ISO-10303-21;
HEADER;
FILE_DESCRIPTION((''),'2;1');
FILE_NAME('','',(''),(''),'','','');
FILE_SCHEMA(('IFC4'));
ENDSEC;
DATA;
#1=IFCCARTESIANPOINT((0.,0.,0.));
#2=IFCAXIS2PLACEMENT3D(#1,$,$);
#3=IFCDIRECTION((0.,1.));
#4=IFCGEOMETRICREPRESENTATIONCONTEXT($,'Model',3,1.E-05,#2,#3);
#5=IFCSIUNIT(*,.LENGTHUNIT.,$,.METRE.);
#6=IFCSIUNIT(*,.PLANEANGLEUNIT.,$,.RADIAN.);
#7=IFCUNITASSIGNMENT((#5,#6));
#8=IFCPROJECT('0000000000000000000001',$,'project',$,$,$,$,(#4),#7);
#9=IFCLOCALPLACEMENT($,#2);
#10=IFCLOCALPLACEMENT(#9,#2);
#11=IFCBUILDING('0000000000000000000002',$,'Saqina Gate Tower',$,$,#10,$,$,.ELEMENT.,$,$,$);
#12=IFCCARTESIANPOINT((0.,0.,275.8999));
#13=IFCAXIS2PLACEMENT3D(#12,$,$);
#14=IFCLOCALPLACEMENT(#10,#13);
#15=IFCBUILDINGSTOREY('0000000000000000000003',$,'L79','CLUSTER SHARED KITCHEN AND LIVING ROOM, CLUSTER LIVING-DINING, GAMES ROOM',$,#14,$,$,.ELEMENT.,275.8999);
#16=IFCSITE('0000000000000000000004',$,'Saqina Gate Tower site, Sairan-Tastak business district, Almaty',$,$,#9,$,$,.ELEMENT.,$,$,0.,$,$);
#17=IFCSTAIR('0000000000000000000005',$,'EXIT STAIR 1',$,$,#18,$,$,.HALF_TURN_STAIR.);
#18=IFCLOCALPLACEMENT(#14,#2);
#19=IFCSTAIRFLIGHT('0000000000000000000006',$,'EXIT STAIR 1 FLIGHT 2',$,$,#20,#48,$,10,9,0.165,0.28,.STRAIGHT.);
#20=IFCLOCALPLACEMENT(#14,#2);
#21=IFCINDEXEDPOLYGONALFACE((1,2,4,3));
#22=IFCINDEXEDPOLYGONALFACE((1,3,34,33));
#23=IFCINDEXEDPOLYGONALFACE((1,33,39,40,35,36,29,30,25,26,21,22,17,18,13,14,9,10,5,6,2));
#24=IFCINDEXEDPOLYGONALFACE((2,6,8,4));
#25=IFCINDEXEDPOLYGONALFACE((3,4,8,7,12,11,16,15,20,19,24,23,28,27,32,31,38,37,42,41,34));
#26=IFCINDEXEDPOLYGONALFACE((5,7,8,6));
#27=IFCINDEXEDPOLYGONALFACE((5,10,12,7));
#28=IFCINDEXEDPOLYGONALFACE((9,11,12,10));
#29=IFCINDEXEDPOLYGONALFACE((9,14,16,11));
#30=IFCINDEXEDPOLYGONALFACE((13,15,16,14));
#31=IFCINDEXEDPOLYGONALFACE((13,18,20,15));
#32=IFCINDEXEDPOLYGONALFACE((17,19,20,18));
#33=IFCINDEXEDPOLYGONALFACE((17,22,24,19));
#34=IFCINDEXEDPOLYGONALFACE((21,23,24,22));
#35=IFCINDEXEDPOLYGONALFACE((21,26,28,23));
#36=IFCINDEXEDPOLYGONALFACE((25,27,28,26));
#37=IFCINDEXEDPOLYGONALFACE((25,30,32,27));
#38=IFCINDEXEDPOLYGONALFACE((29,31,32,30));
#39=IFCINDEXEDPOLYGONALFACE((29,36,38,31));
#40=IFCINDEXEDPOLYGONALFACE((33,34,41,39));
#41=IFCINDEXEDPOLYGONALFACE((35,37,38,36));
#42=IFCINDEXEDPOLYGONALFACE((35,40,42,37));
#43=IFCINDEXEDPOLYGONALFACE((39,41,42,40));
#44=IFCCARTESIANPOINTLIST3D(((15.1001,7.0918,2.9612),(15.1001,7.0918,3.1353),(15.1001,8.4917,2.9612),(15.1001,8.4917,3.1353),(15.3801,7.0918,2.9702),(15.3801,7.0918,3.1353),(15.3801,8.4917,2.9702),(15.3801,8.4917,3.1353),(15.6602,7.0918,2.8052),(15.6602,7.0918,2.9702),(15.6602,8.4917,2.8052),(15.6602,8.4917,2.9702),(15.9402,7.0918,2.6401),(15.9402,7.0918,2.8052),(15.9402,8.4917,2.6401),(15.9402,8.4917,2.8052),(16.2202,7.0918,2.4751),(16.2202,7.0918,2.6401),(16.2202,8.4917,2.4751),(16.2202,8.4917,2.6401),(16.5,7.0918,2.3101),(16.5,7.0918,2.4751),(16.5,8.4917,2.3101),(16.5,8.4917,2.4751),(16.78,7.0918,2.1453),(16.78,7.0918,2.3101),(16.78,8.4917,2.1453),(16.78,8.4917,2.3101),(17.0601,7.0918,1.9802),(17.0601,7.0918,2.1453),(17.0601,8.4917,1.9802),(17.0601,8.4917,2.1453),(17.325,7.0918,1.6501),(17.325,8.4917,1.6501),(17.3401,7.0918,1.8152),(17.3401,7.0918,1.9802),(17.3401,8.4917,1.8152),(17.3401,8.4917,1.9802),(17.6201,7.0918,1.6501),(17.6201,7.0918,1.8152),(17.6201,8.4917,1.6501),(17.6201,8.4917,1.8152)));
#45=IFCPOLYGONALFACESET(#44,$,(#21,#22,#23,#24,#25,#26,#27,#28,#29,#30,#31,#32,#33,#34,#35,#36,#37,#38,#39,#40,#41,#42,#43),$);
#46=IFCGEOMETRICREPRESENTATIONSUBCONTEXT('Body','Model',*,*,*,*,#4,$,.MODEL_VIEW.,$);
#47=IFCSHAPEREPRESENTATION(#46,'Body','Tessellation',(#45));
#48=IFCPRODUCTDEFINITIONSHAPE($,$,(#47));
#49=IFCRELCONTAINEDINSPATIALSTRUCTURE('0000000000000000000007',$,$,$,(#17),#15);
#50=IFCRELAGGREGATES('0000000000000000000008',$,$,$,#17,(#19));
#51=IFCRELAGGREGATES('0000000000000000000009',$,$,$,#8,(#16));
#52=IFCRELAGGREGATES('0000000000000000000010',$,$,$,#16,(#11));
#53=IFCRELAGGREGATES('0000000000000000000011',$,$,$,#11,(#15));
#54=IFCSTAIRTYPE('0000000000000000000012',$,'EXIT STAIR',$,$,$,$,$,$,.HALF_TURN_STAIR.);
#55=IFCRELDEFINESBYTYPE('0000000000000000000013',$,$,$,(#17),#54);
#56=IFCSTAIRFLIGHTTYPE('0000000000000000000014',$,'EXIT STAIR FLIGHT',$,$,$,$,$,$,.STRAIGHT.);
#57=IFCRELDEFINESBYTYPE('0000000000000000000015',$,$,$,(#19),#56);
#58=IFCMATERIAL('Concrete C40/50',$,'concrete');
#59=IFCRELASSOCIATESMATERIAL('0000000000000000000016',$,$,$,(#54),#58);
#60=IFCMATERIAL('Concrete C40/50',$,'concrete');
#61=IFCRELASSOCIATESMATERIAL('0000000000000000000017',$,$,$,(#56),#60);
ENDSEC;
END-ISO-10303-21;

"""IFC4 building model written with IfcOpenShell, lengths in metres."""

from ifc_helpers import new_model, si_unit, direction, frame, origin, place, context, subcontext, project, spatial, polyline, outline, extrude, material, type_object, element, aggregate, save


model = new_model("IFC4")

# Units and contexts
model_context = context("Model", 3, precision=1e-05, world=origin(), true_north=direction((0.0, 1.0)))
body_context = subcontext(model_context, "Body", "Model", "MODEL_VIEW")
ifc_project = project(units=[si_unit("LENGTHUNIT", "METRE"), si_unit("PLANEANGLEUNIT", "RADIAN")], contexts=[model_context])

# Site, building, storey
site_placement = place(None, origin())
site = spatial("IfcSite", under=ifc_project, at=site_placement, Name="Saqina Gate Tower site, Sairan-Tastak business district, Almaty", CompositionType="ELEMENT", RefElevation=0.0)
building_placement = place(site_placement, origin())
building = spatial("IfcBuilding", under=site, at=building_placement, Name="Saqina Gate Tower", CompositionType="ELEMENT")
storey_placement = place(building_placement, frame((0.0, 0.0, 275.8999)))
storey = spatial("IfcBuildingStorey", under=building, at=storey_placement, Name="L79", Description="CLUSTER SHARED KITCHEN AND LIVING ROOM, CLUSTER LIVING-DINING, GAMES ROOM", CompositionType="ELEMENT", Elevation=275.8999)

# Stair, stair flight
ifc_material_1 = material(Name="Concrete C40/50", Category="concrete")
stair_type = type_object("IfcStairType", Name="EXIT STAIR", PredefinedType="HALF_TURN_STAIR", material=ifc_material_1)
stair_placement = place(storey_placement, origin())
stair = element("IfcStair", 1, at=stair_placement, inside=storey, type_object=stair_type, Name="EXIT STAIR 1", PredefinedType="HALF_TURN_STAIR")
ifc_material_2 = material(Name="Concrete C40/50", Category="concrete")
stair_flight_type = type_object("IfcStairFlightType", Name="EXIT STAIR FLIGHT", PredefinedType="STRAIGHT", material=ifc_material_2)
stair_flight_placement = place(storey_placement, frame((17.6201, 7.7917, 1.6501), z_axis=(0.0, 0.0, 1.0), x_axis=(-1.0, 0.0, 0.0)))
stair_flight = element("IfcStairFlight", 2, at=stair_flight_placement, type_object=stair_flight_type, Name="EXIT STAIR 1 FLIGHT 2", NumberOfRisers=10, NumberOfTreads=9, PredefinedType="STRAIGHT", RiserHeight=0.165, TreadLength=0.28, context=body_context, shape_type="SweptSolid", body=[
    extrude(outline(polyline([(0.0, 0.0), (0.0, 0.165), (0.28, 0.165), (0.28, 0.3301), (0.5601, 0.3301), (0.5601, 0.4951), (0.8401, 0.4951), (0.8401, 0.6599), (1.1201, 0.6599), (1.1201, 0.825), (1.3999, 0.825), (1.3999, 0.99), (1.6799, 0.99), (1.6799, 1.155), (1.96, 1.155), (1.96, 1.3201), (2.24, 1.3201), (2.24, 1.4851), (2.52, 1.4851), (2.52, 1.6499), (2.52, 1.311), (0.2952, 0.0), (0.0, 0.0)])), frame((0.0, 0.7, 0.0), z_axis=(0.0, -1.0, 0.0), x_axis=(1.0, 0.0, 0.0)), (0.0, 0.0, 1.0), 1.3999),
])
aggregate(stair, [stair_flight])

save(model, "model.ifc")
